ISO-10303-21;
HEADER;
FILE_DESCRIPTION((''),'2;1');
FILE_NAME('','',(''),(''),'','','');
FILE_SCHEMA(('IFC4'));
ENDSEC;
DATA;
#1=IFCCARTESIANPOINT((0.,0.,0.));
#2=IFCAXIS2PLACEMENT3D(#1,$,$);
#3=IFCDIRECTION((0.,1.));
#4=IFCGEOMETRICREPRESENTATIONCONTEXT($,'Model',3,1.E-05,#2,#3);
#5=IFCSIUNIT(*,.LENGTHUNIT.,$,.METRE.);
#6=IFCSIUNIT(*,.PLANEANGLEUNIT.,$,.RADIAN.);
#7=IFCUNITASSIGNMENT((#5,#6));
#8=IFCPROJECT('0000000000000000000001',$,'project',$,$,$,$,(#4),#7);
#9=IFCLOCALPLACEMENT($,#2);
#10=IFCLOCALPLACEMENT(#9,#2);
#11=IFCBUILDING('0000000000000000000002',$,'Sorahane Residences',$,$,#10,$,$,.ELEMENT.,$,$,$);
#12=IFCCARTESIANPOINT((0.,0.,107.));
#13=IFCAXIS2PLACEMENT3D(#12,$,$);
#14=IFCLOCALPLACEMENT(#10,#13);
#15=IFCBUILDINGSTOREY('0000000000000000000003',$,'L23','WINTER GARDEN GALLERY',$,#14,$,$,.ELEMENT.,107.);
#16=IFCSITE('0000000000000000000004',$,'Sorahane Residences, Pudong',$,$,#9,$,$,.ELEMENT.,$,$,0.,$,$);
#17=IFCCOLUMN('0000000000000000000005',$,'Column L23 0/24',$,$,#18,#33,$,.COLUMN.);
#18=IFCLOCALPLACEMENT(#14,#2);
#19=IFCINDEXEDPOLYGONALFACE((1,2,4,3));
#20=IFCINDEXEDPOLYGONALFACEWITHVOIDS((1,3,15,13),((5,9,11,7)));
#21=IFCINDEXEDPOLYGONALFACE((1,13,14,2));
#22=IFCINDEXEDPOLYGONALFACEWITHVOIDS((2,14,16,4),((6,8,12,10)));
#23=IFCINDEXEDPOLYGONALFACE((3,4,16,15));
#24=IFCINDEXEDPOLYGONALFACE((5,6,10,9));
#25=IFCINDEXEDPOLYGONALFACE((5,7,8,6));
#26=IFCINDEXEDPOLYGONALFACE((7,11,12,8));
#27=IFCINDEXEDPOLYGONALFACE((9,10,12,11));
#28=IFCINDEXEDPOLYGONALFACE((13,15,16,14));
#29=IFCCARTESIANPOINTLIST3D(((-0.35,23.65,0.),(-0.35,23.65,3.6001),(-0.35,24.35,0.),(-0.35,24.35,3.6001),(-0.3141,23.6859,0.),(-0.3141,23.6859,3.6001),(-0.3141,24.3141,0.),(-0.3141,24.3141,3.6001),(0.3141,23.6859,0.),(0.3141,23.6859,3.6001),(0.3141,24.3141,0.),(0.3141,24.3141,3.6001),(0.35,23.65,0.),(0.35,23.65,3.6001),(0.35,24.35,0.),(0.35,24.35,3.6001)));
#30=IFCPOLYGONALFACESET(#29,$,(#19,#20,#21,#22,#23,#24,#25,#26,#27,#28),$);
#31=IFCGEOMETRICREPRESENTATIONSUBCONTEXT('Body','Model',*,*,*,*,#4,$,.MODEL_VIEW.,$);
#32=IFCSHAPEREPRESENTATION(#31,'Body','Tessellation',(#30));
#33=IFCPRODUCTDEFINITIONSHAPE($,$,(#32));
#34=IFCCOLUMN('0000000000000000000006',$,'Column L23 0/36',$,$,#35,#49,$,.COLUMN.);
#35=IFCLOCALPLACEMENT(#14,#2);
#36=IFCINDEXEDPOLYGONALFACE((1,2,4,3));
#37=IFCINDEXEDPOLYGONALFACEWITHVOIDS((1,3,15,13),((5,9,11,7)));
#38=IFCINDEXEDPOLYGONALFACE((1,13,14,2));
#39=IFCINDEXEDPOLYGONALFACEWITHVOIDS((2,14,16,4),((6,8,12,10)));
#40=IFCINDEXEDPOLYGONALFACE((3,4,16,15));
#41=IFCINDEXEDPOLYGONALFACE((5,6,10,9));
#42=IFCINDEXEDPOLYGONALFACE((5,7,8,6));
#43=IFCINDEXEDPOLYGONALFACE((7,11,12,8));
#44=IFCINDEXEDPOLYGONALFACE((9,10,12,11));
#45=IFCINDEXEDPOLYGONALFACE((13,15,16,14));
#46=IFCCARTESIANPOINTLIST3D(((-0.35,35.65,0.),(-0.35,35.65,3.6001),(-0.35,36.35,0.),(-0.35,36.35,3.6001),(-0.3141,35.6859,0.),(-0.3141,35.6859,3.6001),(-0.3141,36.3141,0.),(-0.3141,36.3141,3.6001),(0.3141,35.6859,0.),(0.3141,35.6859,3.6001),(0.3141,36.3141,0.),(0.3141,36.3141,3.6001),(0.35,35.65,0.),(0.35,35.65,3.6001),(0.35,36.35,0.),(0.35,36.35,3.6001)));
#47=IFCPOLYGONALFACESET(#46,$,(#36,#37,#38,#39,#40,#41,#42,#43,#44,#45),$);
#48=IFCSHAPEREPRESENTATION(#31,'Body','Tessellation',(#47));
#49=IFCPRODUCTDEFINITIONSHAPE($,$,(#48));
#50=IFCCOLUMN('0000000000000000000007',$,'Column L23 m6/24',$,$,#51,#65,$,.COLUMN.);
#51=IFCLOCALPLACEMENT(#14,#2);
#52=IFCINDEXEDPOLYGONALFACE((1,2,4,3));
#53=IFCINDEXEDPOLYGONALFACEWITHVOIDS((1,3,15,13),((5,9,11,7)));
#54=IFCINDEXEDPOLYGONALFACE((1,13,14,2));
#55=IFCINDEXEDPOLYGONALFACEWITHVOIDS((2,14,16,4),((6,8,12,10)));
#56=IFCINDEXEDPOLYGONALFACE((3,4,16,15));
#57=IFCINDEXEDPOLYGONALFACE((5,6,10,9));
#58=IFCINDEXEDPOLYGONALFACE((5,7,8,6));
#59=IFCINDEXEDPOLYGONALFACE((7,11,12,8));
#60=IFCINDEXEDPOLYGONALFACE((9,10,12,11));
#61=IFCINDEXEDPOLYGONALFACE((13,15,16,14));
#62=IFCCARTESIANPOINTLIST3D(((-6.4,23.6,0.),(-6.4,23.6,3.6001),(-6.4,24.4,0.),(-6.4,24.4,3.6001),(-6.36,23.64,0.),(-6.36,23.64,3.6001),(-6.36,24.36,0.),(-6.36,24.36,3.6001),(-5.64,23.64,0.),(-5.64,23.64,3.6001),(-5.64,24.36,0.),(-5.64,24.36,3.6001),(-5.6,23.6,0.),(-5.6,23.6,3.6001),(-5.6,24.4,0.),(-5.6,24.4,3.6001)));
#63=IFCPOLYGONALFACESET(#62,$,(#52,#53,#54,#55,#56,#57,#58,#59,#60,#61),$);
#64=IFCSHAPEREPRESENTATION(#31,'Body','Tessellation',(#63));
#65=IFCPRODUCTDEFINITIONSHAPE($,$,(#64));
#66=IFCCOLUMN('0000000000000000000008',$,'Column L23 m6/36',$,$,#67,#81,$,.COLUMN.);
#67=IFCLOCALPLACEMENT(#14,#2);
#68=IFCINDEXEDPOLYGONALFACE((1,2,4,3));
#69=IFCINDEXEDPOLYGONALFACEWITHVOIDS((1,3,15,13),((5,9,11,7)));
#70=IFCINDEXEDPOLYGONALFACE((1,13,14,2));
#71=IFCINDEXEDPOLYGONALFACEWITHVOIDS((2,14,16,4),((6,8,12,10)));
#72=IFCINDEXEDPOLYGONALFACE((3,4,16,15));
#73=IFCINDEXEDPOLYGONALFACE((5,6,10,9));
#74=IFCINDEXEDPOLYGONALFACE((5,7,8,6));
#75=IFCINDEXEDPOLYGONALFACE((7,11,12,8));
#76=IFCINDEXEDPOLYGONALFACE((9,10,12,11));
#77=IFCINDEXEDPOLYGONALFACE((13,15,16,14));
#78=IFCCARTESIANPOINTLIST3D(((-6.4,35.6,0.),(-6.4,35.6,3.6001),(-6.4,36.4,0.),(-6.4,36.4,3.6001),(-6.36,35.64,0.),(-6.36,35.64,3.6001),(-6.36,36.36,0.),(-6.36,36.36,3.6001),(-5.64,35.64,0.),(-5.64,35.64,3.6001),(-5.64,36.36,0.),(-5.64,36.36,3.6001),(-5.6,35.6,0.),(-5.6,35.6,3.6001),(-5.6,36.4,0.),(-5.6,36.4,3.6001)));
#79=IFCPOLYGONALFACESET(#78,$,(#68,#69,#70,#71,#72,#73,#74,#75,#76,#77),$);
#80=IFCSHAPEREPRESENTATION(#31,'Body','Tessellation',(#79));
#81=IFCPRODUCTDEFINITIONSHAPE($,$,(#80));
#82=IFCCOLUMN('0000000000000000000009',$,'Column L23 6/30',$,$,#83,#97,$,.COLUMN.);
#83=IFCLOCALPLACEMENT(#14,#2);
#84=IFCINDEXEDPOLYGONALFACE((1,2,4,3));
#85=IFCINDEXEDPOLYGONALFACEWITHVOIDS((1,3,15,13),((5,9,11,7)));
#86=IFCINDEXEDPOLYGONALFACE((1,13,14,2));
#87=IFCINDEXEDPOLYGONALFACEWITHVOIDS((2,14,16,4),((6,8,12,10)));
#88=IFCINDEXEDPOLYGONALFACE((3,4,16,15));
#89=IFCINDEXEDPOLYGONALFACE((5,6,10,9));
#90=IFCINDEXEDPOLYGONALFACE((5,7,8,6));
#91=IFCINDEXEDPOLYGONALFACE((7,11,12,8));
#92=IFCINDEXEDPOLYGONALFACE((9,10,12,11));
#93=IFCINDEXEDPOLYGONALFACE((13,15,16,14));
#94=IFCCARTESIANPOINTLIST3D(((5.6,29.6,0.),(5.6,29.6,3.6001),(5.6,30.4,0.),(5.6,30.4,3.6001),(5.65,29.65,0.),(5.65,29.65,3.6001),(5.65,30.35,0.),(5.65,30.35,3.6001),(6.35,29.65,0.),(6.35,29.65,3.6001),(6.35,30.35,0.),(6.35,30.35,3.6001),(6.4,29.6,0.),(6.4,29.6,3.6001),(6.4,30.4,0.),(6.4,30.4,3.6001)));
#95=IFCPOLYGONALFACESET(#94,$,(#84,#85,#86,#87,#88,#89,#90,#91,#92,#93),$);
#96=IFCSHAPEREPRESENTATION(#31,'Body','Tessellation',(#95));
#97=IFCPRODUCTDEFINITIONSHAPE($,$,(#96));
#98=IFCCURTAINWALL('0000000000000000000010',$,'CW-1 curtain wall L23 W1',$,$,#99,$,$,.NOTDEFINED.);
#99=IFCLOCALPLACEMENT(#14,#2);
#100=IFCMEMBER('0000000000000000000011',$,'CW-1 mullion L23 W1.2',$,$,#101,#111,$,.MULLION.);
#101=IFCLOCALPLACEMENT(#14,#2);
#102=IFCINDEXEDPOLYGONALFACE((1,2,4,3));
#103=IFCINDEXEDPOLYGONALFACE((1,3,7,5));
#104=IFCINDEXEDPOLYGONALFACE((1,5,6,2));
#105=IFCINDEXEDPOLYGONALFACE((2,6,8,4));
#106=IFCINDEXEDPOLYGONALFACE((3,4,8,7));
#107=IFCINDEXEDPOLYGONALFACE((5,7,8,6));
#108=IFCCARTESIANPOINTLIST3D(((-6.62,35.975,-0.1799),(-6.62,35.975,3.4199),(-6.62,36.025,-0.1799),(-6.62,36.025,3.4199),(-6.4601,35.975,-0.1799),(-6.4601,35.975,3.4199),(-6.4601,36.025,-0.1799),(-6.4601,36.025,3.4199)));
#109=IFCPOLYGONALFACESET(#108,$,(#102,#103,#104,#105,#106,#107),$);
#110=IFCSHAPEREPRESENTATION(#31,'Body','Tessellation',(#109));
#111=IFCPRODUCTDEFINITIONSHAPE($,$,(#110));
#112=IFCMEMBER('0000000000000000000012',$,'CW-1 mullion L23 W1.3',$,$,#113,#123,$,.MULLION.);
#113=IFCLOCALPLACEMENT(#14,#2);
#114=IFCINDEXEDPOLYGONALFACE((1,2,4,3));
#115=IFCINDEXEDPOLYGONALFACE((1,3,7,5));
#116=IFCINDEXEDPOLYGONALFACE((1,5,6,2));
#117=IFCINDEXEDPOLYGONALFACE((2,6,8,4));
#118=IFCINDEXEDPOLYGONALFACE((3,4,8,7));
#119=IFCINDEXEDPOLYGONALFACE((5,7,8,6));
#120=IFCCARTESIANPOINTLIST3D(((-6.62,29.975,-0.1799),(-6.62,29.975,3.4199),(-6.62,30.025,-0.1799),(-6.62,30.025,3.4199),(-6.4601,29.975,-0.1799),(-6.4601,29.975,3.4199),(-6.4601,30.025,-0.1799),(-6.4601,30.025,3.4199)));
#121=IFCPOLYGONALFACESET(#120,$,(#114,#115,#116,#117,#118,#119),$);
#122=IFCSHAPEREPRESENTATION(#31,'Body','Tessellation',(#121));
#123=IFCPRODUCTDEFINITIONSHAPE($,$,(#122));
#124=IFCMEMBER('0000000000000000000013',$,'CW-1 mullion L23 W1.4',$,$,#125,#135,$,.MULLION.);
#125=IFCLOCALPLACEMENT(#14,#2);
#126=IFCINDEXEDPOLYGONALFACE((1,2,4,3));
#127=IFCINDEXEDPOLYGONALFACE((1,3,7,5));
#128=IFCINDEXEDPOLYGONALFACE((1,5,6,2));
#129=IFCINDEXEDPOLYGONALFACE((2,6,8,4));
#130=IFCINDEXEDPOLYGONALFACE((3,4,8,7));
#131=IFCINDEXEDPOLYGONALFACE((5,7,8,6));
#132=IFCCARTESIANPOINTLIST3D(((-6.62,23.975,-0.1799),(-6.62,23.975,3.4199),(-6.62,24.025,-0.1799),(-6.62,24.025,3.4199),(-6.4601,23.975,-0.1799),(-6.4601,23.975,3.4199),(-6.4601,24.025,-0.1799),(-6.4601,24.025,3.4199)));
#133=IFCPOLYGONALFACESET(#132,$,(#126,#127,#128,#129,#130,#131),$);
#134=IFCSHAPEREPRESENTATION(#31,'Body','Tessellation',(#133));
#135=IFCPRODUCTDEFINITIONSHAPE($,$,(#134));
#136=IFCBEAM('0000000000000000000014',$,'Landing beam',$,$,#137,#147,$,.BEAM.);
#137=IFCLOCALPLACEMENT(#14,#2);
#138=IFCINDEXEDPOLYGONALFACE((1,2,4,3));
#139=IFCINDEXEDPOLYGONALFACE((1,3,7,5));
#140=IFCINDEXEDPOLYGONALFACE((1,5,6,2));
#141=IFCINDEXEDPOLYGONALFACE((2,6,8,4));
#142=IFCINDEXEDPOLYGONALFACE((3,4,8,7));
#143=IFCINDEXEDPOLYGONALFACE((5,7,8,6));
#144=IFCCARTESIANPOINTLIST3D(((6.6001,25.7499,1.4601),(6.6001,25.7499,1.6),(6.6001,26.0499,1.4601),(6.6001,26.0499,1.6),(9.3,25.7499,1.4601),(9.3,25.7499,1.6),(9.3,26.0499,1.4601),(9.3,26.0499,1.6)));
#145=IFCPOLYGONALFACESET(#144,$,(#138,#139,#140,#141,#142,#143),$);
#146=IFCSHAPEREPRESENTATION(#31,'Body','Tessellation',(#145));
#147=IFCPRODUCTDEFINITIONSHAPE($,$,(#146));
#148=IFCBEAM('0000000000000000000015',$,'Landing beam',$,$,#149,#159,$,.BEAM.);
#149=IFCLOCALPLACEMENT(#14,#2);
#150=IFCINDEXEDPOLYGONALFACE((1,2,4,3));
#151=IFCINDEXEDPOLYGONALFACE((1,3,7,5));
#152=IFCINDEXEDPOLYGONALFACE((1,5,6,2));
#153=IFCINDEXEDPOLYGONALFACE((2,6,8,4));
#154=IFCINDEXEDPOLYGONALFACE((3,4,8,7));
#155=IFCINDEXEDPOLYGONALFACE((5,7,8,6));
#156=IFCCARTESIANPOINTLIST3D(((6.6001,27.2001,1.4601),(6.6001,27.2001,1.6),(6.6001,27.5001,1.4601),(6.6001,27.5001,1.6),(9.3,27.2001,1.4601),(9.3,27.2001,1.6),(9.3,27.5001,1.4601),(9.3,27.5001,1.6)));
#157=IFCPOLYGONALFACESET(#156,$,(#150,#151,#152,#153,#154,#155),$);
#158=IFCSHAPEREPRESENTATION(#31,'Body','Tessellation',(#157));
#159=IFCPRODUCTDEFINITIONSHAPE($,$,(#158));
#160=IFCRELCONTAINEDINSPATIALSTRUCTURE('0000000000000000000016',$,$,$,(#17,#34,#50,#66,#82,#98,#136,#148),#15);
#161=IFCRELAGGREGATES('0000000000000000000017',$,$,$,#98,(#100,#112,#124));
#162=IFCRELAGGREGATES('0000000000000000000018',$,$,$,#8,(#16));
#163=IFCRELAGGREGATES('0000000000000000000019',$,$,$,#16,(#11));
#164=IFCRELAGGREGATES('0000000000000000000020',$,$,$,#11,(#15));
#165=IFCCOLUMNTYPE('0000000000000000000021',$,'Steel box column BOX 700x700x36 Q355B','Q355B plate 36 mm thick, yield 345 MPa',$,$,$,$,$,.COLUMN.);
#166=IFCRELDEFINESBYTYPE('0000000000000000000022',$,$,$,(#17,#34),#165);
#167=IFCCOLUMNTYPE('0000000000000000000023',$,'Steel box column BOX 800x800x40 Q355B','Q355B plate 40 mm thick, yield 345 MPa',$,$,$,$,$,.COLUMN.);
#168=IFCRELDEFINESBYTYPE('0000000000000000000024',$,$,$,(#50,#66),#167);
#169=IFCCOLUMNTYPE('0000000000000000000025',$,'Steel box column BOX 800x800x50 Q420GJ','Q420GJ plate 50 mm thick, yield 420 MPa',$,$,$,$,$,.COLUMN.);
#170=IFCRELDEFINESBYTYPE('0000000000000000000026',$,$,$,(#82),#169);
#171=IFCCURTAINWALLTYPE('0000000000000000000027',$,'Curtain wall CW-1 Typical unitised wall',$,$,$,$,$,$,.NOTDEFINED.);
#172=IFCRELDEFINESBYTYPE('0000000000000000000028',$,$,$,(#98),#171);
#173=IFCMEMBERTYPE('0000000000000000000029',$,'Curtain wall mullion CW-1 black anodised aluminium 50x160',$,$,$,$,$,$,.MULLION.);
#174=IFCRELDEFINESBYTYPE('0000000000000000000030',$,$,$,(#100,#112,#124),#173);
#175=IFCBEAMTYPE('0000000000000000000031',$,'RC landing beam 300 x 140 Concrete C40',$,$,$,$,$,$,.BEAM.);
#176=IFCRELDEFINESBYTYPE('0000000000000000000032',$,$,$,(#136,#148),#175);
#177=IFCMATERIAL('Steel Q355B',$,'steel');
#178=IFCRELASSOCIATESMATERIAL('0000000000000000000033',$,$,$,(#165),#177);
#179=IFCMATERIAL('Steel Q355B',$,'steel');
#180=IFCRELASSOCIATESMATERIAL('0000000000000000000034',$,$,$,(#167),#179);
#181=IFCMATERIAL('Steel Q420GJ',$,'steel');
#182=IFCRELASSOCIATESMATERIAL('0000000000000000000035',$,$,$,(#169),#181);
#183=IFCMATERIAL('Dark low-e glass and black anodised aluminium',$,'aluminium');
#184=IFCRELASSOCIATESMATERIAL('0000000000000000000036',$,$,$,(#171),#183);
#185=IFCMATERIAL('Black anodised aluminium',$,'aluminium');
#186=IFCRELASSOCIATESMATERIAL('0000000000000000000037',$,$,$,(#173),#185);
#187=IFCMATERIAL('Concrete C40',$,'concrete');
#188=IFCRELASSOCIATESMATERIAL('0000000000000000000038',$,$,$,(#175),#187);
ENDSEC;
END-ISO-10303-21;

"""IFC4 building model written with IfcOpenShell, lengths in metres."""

from ifc_helpers import new_model, si_unit, direction, frame, origin, origin_2d, place, context, subcontext, project, spatial, rectangle, hollow_rectangle, extrude, material, material_profile, profile_set, type_object, element, aggregate, save


model = new_model("IFC4")

# Units and contexts
model_context = context("Model", 3, precision=1e-05, world=origin(), true_north=direction((0.0, 1.0)))
body_context = subcontext(model_context, "Body", "Model", "MODEL_VIEW")
ifc_project = project(units=[si_unit("LENGTHUNIT", "METRE"), si_unit("PLANEANGLEUNIT", "RADIAN")], contexts=[model_context])

# Site, building, storey
site_placement = place(None, origin())
site = spatial("IfcSite", under=ifc_project, at=site_placement, Name="Sorahane Residences, Pudong", CompositionType="ELEMENT", RefElevation=0.0)
building_placement = place(site_placement, origin())
building = spatial("IfcBuilding", under=site, at=building_placement, Name="Sorahane Residences", CompositionType="ELEMENT")
storey_placement = place(building_placement, frame((0.0, 0.0, 107.0)))
storey = spatial("IfcBuildingStorey", under=building, at=storey_placement, Name="L23", Description="WINTER GARDEN GALLERY", CompositionType="ELEMENT", Elevation=107.0)

# Columns
ifc_material_1 = material(Name="Steel Q355B", Category="steel")
ifc_material_profile_1 = material_profile(ifc_material_1, hollow_rectangle(XDim=0.7, YDim=0.7, WallThickness=0.0359, at=origin_2d()), Name="BOX 700x700x36")
ifc_profile_set_1 = profile_set([ifc_material_profile_1], Name="Steel Q355B")
column_type_1 = type_object("IfcColumnType", Name="Steel box column BOX 700x700x36 Q355B", Description="Q355B plate 36 mm thick, yield 345 MPa", PredefinedType="COLUMN", material=ifc_profile_set_1)
for number, where, z_axis, x_axis, name in (
    (1, (0.0, 24.0, 0.0), (0.0, 0.0, 1.0), (1.0, 0.0, 0.0), "Column L23 0/24"),
    (2, (0.0, 36.0, 0.0), (0.0, 0.0, 1.0), (1.0, 0.0, 0.0), "Column L23 0/36"),
):
    element("IfcColumn", number, at=place(storey_placement, frame(where, z_axis=z_axis, x_axis=x_axis)), inside=storey, type_object=column_type_1, Name=name, PredefinedType="COLUMN", context=body_context, shape_type="SweptSolid", body=[
        extrude(hollow_rectangle(XDim=0.7, YDim=0.7, WallThickness=0.0359, at=origin_2d()), origin(), (0.0, 0.0, 1.0), 3.6001),
    ])
ifc_material_2 = material(Name="Steel Q355B", Category="steel")
ifc_material_profile_2 = material_profile(ifc_material_2, hollow_rectangle(XDim=0.8, YDim=0.8, WallThickness=0.04, at=origin_2d()), Name="BOX 800x800x40")
ifc_profile_set_2 = profile_set([ifc_material_profile_2], Name="Steel Q355B")
column_type_2 = type_object("IfcColumnType", Name="Steel box column BOX 800x800x40 Q355B", Description="Q355B plate 40 mm thick, yield 345 MPa", PredefinedType="COLUMN", material=ifc_profile_set_2)
for number, where, z_axis, x_axis, name in (
    (3, (-6.0, 24.0, 0.0), (0.0, 0.0, 1.0), (1.0, 0.0, 0.0), "Column L23 m6/24"),
    (4, (-6.0, 36.0, 0.0), (0.0, 0.0, 1.0), (1.0, 0.0, 0.0), "Column L23 m6/36"),
):
    element("IfcColumn", number, at=place(storey_placement, frame(where, z_axis=z_axis, x_axis=x_axis)), inside=storey, type_object=column_type_2, Name=name, PredefinedType="COLUMN", context=body_context, shape_type="SweptSolid", body=[
        extrude(hollow_rectangle(XDim=0.8, YDim=0.8, WallThickness=0.04, at=origin_2d()), origin(), (0.0, 0.0, 1.0), 3.6001),
    ])
ifc_material_3 = material(Name="Steel Q420GJ", Category="steel")
ifc_material_profile_3 = material_profile(ifc_material_3, hollow_rectangle(XDim=0.8, YDim=0.8, WallThickness=0.05, at=origin_2d()), Name="BOX 800x800x50")
ifc_profile_set_3 = profile_set([ifc_material_profile_3], Name="Steel Q420GJ")
column_type_3 = type_object("IfcColumnType", Name="Steel box column BOX 800x800x50 Q420GJ", Description="Q420GJ plate 50 mm thick, yield 420 MPa", PredefinedType="COLUMN", material=ifc_profile_set_3)
column_placement = place(storey_placement, frame((6.0, 30.0, 0.0), z_axis=(0.0, 0.0, 1.0), x_axis=(1.0, 0.0, 0.0)))
element("IfcColumn", 5, at=column_placement, inside=storey, type_object=column_type_3, Name="Column L23 6/30", PredefinedType="COLUMN", context=body_context, shape_type="SweptSolid", body=[
    extrude(hollow_rectangle(XDim=0.8, YDim=0.8, WallThickness=0.05, at=origin_2d()), origin(), (0.0, 0.0, 1.0), 3.6001),
])

# Curtain wall, members
ifc_material_4 = material(Name="Dark low-e glass and black anodised aluminium", Category="aluminium")
curtain_wall_type = type_object("IfcCurtainWallType", Name="Curtain wall CW-1 Typical unitised wall", PredefinedType="NOTDEFINED", material=ifc_material_4)
curtain_wall_placement = place(storey_placement, origin())
curtain_wall = element("IfcCurtainWall", 6, at=curtain_wall_placement, inside=storey, type_object=curtain_wall_type, Name="CW-1 curtain wall L23 W1", PredefinedType="NOTDEFINED")
ifc_material_5 = material(Name="Black anodised aluminium", Category="aluminium")
ifc_material_profile_4 = material_profile(ifc_material_5, rectangle(XDim=0.1599, YDim=0.05, at=origin_2d()), Name="Curtain wall mullion CW-1 black anodised aluminium 50x160")
ifc_profile_set_4 = profile_set([ifc_material_profile_4], Name="Black anodised aluminium")
member_type = type_object("IfcMemberType", Name="Curtain wall mullion CW-1 black anodised aluminium 50x160", PredefinedType="MULLION", material=ifc_profile_set_4)
member_1_placement = place(storey_placement, frame((-6.54, 36.0, -0.1799), z_axis=(0.0, 0.0, 1.0), x_axis=(-1.0, 0.0, 0.0)))
member_1 = element("IfcMember", 7, at=member_1_placement, type_object=member_type, Name="CW-1 mullion L23 W1.2", PredefinedType="MULLION", context=body_context, shape_type="SweptSolid", body=[
    extrude(rectangle(XDim=0.1599, YDim=0.05, at=origin_2d()), origin(), (0.0, 0.0, 1.0), 3.5999),
])
member_2_placement = place(storey_placement, frame((-6.54, 30.0, -0.1799), z_axis=(0.0, 0.0, 1.0), x_axis=(-1.0, 0.0, 0.0)))
member_2 = element("IfcMember", 8, at=member_2_placement, type_object=member_type, Name="CW-1 mullion L23 W1.3", PredefinedType="MULLION", context=body_context, shape_type="SweptSolid", body=[
    extrude(rectangle(XDim=0.1599, YDim=0.05, at=origin_2d()), origin(), (0.0, 0.0, 1.0), 3.5999),
])
member_3_placement = place(storey_placement, frame((-6.54, 24.0, -0.1799), z_axis=(0.0, 0.0, 1.0), x_axis=(-1.0, 0.0, 0.0)))
member_3 = element("IfcMember", 9, at=member_3_placement, type_object=member_type, Name="CW-1 mullion L23 W1.4", PredefinedType="MULLION", context=body_context, shape_type="SweptSolid", body=[
    extrude(rectangle(XDim=0.1599, YDim=0.05, at=origin_2d()), origin(), (0.0, 0.0, 1.0), 3.5999),
])

# Beams
ifc_material_6 = material(Name="Concrete C40", Category="concrete")
ifc_material_profile_5 = material_profile(ifc_material_6, rectangle(XDim=0.3, YDim=0.1399, at=origin_2d()), Name="300x140")
ifc_profile_set_5 = profile_set([ifc_material_profile_5], Name="Concrete C40")
beam_type_1 = type_object("IfcBeamType", Name="RC landing beam 300 x 140 Concrete C40", PredefinedType="BEAM", material=ifc_profile_set_5)
for number, where, z_axis, x_axis, name in (
    (10, (6.6001, 25.8999, 1.53), (1.0, 0.0, 0.0), (0.0, 1.0, 0.0), "Landing beam"),
    (11, (6.6001, 27.3501, 1.53), (1.0, 0.0, 0.0), (0.0, 1.0, 0.0), "Landing beam"),
):
    element("IfcBeam", number, at=place(storey_placement, frame(where, z_axis=z_axis, x_axis=x_axis)), inside=storey, type_object=beam_type_1, Name=name, PredefinedType="BEAM", context=body_context, shape_type="SweptSolid", body=[
        extrude(rectangle(XDim=0.3, YDim=0.1399, at=origin_2d()), origin(), (0.0, 0.0, 1.0), 2.7),
    ])

aggregate(curtain_wall, [member_1, member_2, member_3])

save(model, "model.ifc")
